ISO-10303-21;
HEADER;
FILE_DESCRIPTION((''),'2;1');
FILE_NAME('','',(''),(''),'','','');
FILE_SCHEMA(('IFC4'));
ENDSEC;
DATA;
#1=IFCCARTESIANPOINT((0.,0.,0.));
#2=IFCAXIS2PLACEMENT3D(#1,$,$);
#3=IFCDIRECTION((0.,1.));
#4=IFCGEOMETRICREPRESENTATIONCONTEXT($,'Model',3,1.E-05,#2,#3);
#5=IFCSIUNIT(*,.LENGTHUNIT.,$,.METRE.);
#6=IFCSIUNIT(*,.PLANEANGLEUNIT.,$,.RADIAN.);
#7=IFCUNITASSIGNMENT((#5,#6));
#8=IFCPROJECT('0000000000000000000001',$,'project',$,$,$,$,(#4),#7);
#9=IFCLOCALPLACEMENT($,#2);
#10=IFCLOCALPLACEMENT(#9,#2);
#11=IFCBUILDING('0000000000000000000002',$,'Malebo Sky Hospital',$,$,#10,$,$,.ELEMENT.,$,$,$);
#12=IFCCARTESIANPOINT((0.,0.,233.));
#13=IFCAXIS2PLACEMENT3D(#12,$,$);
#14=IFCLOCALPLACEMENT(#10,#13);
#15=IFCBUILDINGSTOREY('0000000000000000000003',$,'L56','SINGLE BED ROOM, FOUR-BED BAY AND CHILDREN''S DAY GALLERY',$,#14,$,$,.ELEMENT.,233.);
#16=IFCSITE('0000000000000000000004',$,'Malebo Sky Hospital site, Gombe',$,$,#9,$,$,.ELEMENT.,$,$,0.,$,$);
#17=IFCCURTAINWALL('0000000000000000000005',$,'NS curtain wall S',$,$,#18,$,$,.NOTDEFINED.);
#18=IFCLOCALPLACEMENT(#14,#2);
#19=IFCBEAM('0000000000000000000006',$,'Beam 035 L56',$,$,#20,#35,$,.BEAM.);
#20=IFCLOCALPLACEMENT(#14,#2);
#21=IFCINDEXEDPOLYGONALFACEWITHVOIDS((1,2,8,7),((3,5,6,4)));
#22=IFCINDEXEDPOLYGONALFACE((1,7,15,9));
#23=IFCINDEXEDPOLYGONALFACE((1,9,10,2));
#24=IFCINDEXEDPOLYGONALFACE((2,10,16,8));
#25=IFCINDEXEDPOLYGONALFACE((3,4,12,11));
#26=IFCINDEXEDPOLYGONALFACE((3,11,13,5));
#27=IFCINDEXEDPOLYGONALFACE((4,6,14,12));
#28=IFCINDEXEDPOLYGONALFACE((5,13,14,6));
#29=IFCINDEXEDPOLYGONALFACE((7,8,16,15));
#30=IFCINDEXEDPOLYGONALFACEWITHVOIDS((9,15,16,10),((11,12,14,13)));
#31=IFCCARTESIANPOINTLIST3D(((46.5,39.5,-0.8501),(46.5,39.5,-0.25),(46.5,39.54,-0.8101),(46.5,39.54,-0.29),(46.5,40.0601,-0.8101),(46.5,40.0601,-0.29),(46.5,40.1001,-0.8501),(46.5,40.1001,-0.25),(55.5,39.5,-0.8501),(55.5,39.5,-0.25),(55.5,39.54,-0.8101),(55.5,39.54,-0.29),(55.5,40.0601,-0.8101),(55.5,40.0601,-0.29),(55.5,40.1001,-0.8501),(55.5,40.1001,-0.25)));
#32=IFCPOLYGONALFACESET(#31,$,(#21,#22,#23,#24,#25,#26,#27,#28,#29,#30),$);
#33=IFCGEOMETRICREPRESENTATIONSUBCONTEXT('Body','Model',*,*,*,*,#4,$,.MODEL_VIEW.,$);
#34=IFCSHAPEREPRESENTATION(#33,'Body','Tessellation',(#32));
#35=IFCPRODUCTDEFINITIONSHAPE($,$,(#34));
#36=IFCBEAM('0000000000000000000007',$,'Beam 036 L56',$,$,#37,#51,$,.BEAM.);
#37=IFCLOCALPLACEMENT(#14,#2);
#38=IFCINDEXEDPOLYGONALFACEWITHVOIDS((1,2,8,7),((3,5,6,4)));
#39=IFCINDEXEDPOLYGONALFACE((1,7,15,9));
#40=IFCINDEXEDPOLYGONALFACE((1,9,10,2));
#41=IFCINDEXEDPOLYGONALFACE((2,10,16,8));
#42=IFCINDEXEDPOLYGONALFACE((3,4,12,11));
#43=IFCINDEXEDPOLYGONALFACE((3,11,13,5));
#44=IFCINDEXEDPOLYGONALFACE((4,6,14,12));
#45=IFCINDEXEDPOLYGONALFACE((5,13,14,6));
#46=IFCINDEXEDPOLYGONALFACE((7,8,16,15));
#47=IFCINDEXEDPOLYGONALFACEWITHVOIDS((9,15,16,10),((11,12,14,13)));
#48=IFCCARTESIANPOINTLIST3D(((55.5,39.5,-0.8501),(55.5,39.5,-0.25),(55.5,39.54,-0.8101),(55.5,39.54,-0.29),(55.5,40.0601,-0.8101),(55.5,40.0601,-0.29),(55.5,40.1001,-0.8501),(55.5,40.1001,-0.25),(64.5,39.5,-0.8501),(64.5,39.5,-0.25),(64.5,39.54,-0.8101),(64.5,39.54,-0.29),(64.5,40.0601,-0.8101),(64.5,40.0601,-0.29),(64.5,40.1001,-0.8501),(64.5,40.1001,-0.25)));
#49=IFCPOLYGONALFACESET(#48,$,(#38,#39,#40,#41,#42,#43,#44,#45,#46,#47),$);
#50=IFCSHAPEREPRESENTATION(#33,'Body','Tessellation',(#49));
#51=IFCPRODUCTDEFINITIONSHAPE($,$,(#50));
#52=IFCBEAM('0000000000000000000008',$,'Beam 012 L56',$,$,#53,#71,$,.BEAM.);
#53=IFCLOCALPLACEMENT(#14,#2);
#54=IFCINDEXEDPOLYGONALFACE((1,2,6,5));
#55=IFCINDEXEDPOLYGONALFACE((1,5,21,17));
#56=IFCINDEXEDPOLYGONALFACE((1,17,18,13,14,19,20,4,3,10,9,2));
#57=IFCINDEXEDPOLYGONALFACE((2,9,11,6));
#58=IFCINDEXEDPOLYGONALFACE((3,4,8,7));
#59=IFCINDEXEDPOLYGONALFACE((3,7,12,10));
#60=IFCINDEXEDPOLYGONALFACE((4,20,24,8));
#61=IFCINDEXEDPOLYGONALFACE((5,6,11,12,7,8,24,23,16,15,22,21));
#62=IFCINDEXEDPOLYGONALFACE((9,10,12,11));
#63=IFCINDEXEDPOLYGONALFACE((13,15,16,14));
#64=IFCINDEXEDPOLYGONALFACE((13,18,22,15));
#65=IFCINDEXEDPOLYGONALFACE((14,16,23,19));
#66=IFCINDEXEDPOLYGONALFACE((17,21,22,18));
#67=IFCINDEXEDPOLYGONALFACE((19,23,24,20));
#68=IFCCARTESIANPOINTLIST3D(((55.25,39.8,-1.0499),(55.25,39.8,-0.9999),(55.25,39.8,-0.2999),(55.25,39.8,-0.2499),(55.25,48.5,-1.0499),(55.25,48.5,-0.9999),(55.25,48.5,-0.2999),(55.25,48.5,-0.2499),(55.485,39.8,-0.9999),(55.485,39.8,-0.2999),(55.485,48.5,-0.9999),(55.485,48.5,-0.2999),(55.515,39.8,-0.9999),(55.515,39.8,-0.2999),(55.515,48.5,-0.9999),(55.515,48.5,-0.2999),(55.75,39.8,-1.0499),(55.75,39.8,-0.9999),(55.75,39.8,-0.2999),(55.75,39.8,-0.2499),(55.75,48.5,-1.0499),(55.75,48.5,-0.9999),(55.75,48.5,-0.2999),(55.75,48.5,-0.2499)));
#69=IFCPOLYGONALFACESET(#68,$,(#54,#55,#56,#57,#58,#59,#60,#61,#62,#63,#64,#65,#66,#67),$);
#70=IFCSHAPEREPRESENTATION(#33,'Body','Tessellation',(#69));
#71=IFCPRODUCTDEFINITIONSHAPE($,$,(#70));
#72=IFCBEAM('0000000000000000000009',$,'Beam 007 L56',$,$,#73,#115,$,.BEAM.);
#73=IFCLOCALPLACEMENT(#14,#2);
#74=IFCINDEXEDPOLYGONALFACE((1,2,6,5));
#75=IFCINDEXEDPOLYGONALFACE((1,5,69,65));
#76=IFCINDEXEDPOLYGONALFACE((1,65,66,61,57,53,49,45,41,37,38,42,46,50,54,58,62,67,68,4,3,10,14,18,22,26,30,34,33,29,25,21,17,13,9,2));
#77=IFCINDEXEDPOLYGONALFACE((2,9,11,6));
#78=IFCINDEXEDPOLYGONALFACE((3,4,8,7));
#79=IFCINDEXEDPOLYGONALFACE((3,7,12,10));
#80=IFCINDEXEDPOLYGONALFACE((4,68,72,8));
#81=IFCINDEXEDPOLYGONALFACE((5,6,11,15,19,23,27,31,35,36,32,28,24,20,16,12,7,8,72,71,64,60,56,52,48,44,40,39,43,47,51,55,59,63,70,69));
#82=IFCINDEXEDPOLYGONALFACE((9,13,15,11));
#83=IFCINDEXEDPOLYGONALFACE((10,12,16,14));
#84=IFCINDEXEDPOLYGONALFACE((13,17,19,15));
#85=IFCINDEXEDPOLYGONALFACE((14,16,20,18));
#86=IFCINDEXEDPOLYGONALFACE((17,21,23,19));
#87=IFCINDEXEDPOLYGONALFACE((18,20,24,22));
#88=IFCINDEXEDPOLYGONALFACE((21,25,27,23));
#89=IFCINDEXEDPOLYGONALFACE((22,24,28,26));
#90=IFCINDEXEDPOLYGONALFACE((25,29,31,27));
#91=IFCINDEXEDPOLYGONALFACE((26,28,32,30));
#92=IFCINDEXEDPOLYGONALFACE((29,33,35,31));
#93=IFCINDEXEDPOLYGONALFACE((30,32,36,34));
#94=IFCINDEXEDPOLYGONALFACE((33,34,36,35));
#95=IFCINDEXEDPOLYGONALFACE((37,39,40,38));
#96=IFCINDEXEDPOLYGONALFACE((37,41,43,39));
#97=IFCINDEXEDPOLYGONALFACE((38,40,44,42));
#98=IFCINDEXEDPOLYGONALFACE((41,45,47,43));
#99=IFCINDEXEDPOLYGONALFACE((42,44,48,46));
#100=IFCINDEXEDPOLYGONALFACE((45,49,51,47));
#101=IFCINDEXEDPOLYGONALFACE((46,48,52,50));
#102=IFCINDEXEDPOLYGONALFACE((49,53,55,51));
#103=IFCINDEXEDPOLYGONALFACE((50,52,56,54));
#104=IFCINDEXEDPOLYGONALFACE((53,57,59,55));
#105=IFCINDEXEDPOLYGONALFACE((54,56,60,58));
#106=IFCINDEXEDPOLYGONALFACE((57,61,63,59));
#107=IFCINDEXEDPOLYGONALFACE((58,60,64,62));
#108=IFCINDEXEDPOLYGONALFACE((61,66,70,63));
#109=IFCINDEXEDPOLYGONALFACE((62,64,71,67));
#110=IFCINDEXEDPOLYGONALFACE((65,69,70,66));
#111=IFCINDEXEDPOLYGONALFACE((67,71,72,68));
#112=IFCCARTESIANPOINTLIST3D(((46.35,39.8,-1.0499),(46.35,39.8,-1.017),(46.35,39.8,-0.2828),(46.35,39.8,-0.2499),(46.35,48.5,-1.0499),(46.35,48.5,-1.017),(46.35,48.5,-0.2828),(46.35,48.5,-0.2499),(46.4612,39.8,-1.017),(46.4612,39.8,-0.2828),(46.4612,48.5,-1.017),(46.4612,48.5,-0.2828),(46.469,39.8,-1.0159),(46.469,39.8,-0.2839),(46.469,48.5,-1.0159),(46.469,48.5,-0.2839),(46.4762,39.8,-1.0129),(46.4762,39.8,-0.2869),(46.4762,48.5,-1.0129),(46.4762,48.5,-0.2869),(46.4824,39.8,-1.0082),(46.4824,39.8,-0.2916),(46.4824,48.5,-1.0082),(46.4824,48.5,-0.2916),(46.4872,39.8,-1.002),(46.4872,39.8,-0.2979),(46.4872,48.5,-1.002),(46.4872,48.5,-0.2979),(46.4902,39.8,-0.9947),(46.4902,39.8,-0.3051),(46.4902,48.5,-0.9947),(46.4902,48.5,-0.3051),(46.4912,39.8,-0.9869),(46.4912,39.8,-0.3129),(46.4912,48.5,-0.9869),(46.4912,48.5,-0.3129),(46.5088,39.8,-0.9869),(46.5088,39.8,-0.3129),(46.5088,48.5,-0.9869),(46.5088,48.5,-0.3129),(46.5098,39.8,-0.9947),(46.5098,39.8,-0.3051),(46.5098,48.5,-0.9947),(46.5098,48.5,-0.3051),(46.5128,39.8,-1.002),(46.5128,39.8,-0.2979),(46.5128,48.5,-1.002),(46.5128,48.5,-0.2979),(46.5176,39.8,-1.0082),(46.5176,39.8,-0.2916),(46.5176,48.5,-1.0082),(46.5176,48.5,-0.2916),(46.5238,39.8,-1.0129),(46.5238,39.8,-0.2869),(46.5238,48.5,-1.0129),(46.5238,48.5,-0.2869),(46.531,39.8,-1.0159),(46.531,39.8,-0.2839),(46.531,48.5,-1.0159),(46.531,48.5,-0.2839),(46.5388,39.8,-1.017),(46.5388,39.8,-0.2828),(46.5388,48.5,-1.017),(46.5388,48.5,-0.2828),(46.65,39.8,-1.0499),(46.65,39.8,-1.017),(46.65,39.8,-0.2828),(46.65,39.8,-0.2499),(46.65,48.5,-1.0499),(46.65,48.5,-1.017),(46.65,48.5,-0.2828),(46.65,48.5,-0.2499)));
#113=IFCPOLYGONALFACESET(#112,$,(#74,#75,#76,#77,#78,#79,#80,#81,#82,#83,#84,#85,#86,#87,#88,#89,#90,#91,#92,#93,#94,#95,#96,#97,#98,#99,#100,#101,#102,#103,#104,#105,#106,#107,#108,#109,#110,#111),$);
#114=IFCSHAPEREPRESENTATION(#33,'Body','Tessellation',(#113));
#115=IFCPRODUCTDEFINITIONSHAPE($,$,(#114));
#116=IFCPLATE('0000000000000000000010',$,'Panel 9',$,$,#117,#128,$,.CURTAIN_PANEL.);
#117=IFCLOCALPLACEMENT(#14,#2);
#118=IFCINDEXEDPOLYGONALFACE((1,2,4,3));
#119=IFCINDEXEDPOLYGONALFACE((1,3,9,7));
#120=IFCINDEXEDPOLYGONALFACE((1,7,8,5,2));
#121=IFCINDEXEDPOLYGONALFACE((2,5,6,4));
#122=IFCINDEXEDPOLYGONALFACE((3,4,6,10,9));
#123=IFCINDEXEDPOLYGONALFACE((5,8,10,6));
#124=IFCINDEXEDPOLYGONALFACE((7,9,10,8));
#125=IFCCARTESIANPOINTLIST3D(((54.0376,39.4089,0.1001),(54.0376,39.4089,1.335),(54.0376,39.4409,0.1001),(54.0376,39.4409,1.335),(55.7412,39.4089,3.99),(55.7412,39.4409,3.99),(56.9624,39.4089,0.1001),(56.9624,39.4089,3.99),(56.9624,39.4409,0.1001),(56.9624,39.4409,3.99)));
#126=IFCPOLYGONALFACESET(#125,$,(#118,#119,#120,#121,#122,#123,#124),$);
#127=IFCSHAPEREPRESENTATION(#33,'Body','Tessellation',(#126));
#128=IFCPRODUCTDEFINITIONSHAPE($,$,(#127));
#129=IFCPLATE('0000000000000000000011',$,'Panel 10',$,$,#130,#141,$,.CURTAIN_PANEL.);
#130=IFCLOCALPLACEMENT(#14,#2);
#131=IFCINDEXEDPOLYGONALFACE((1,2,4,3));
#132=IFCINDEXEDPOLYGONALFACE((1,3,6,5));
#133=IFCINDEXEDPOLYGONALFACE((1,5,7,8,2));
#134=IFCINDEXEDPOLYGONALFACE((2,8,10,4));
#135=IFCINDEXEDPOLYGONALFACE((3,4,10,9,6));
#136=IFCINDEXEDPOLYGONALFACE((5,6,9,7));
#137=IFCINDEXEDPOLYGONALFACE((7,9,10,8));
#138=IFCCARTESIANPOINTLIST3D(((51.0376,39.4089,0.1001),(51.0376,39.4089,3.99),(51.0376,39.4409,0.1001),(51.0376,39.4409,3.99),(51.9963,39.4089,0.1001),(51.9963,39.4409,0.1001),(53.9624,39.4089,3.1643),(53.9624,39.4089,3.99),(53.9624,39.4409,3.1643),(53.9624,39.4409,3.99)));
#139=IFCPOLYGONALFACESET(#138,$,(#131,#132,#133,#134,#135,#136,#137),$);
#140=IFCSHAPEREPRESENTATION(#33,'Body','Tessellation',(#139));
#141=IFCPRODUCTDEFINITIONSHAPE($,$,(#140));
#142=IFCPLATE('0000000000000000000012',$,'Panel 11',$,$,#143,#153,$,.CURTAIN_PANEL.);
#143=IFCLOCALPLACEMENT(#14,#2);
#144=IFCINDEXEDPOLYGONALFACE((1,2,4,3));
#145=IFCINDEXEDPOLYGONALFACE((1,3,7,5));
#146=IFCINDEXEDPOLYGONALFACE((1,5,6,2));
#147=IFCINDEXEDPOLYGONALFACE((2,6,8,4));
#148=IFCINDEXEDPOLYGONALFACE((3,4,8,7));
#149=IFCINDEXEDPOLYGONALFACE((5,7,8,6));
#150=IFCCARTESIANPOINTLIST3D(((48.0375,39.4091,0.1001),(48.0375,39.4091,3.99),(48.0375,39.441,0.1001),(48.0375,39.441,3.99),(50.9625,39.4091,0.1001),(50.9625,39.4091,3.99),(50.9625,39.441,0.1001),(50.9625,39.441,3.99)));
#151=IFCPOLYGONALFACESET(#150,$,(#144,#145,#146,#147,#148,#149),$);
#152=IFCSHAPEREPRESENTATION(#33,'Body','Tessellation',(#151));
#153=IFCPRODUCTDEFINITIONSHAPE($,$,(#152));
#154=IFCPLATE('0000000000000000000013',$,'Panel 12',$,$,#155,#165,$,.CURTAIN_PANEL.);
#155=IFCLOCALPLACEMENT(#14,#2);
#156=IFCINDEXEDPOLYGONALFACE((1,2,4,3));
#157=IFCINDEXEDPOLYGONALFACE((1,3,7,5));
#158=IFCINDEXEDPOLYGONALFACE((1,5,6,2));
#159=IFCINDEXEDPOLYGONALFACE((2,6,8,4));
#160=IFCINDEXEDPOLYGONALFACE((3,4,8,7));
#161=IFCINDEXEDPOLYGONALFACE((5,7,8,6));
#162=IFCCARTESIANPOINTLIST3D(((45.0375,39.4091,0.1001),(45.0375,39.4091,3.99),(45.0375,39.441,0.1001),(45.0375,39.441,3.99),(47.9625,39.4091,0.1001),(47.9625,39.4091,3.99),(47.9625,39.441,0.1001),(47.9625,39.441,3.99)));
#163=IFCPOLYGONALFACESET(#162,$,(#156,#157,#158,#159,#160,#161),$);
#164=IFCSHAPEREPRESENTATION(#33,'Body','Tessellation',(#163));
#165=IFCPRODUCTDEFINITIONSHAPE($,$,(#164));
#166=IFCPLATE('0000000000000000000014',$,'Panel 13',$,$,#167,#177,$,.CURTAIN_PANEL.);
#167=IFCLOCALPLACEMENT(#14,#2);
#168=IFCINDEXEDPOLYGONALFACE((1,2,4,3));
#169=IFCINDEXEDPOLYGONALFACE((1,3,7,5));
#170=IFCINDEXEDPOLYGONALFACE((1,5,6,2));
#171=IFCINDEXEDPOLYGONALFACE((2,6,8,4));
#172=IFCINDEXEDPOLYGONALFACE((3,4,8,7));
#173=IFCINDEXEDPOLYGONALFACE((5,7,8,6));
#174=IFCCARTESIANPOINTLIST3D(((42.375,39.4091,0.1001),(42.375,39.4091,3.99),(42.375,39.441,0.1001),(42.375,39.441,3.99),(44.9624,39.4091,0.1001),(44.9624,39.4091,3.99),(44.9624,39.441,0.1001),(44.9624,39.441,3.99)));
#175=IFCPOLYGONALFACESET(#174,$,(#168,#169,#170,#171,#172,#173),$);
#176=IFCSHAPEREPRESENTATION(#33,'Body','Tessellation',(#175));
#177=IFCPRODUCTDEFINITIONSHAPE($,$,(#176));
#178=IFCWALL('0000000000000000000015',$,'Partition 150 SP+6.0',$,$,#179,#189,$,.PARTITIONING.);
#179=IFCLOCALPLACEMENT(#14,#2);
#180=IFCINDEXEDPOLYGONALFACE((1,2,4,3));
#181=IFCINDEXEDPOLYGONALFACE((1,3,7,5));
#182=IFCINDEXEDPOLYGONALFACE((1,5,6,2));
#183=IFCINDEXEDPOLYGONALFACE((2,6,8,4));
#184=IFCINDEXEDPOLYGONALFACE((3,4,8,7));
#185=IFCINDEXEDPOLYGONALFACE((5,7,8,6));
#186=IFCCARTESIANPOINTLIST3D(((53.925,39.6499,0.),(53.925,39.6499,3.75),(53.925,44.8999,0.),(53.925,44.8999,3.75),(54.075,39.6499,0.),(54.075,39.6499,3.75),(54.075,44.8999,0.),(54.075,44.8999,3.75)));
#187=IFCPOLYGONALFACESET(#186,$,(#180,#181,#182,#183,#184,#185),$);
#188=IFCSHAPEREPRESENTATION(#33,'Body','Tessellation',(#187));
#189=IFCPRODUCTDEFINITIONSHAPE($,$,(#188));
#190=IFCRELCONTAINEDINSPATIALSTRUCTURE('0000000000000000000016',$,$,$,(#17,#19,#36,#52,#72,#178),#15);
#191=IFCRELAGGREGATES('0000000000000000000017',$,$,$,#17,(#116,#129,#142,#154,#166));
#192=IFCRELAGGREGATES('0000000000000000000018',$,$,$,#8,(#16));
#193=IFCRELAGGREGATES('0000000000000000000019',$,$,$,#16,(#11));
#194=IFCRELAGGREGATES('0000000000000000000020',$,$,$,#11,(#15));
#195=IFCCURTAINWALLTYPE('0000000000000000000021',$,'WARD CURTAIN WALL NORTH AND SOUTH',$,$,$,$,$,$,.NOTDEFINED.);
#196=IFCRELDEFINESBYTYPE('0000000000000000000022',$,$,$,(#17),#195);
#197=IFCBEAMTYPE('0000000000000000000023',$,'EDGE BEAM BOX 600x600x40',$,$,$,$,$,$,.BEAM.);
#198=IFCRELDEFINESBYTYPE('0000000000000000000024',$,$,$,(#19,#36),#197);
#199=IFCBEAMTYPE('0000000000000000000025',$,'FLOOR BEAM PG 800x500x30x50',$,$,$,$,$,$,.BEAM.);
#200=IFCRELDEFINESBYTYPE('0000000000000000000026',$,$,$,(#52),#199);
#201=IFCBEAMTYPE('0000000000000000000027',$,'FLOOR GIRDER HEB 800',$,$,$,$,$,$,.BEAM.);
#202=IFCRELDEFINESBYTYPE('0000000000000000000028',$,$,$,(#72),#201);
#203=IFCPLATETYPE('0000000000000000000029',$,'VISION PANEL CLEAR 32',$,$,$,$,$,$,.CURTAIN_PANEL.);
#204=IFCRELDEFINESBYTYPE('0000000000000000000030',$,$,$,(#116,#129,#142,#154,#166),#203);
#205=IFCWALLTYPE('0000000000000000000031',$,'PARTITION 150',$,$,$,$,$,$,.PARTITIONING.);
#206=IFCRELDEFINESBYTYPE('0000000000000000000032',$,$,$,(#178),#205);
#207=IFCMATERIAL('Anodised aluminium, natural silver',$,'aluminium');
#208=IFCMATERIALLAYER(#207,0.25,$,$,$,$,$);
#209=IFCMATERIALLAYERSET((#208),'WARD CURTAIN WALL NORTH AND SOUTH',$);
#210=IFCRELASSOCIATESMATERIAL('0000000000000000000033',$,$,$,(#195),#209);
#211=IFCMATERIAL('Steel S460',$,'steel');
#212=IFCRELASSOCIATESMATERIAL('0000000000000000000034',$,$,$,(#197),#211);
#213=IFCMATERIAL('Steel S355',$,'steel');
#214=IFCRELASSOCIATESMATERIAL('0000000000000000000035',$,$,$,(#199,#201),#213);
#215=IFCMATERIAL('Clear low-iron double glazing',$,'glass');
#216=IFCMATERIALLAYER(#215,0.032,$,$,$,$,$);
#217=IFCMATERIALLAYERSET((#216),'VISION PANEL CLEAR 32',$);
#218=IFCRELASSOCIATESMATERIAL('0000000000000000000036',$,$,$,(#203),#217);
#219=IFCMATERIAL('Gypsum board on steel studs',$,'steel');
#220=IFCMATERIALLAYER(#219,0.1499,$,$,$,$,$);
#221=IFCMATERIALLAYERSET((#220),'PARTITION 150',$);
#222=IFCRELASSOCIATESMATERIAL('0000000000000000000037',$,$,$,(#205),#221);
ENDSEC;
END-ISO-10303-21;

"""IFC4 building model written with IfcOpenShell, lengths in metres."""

from ifc_helpers import new_model, si_unit, direction, frame, frame_2d, origin, origin_2d, place, context, subcontext, project, spatial, polyline, rectangle, hollow_rectangle, i_section, outline, extrude, material, layer, layer_set, material_profile, profile_set, type_object, element, aggregate, save


model = new_model("IFC4")

# Units and contexts
model_context = context("Model", 3, precision=1e-05, world=origin(), true_north=direction((0.0, 1.0)))
body_context = subcontext(model_context, "Body", "Model", "MODEL_VIEW")
ifc_project = project(units=[si_unit("LENGTHUNIT", "METRE"), si_unit("PLANEANGLEUNIT", "RADIAN")], contexts=[model_context])

# Site, building, storey
site_placement = place(None, origin())
site = spatial("IfcSite", under=ifc_project, at=site_placement, Name="Malebo Sky Hospital site, Gombe", CompositionType="ELEMENT", RefElevation=0.0)
building_placement = place(site_placement, origin())
building = spatial("IfcBuilding", under=site, at=building_placement, Name="Malebo Sky Hospital", CompositionType="ELEMENT")
storey_placement = place(building_placement, frame((0.0, 0.0, 233.0)))
storey = spatial("IfcBuildingStorey", under=building, at=storey_placement, Name="L56", Description="SINGLE BED ROOM, FOUR-BED BAY AND CHILDREN'S DAY GALLERY", CompositionType="ELEMENT", Elevation=233.0)

# Shared definitions
ifc_material_1 = material(Name="Steel S460", Category="steel")

# Curtain wall
ifc_material_2 = material(Name="Anodised aluminium, natural silver", Category="aluminium")
ifc_layer_1 = layer(ifc_material_2, 0.25)
ifc_layer_set_1 = layer_set([ifc_layer_1], Name="WARD CURTAIN WALL NORTH AND SOUTH")
curtain_wall_type = type_object("IfcCurtainWallType", Name="WARD CURTAIN WALL NORTH AND SOUTH", PredefinedType="NOTDEFINED", material=ifc_layer_set_1)
curtain_wall_placement = place(storey_placement, origin())
curtain_wall = element("IfcCurtainWall", 1, at=curtain_wall_placement, inside=storey, type_object=curtain_wall_type, Name="NS curtain wall S", PredefinedType="NOTDEFINED")

# Shared definitions
ifc_material_3 = material(Name="Steel S355", Category="steel")

# Beams
ifc_material_profile_1 = material_profile(ifc_material_1, hollow_rectangle(XDim=0.6001, YDim=0.6001, WallThickness=0.04, at=origin_2d()), Name="BOX 600x600x40")
ifc_profile_set_1 = profile_set([ifc_material_profile_1], Name="Steel S460")
beam_type_1 = type_object("IfcBeamType", Name="EDGE BEAM BOX 600x600x40", PredefinedType="BEAM", material=ifc_profile_set_1)
for number, where, z_axis, x_axis, name in (
    (2, (46.5, 39.8, -0.55), (1.0, 0.0, 0.0), (0.0, 1.0, 0.0), "Beam 035 L56"),
    (3, (55.5, 39.8, -0.55), (1.0, 0.0, 0.0), (0.0, 1.0, 0.0), "Beam 036 L56"),
):
    element("IfcBeam", number, at=place(storey_placement, frame(where, z_axis=z_axis, x_axis=x_axis)), inside=storey, type_object=beam_type_1, Name=name, PredefinedType="BEAM", context=body_context, shape_type="SweptSolid", body=[
        extrude(hollow_rectangle(XDim=0.6001, YDim=0.6001, WallThickness=0.04, at=origin_2d()), origin(), (0.0, 0.0, 1.0), 9.0),
    ])
ifc_material_profile_2 = material_profile(ifc_material_3, i_section(OverallWidth=0.5, OverallDepth=0.8, WebThickness=0.03, FlangeThickness=0.05, at=origin_2d()), Name="PG 800x500x30x50")
ifc_profile_set_2 = profile_set([ifc_material_profile_2], Name="Steel S355")
beam_type_2 = type_object("IfcBeamType", Name="FLOOR BEAM PG 800x500x30x50", PredefinedType="BEAM", material=ifc_profile_set_2)
beam_1_placement = place(storey_placement, frame((55.5, 39.8, -0.6499), z_axis=(0.0, 1.0, 0.0), x_axis=(-1.0, 0.0, 0.0)))
element("IfcBeam", 4, at=beam_1_placement, inside=storey, type_object=beam_type_2, Name="Beam 012 L56", PredefinedType="BEAM", context=body_context, shape_type="SweptSolid", body=[
    extrude(i_section(OverallWidth=0.5, OverallDepth=0.8, WebThickness=0.03, FlangeThickness=0.05, at=origin_2d()), origin(), (0.0, 0.0, 1.0), 8.7),
])
ifc_material_profile_3 = material_profile(ifc_material_3, i_section(OverallWidth=0.3, OverallDepth=0.8, WebThickness=0.0176, FlangeThickness=0.033, FilletRadius=0.03, at=origin_2d()), Name="HEB 800")
ifc_profile_set_3 = profile_set([ifc_material_profile_3], Name="Steel S355")
beam_type_3 = type_object("IfcBeamType", Name="FLOOR GIRDER HEB 800", PredefinedType="BEAM", material=ifc_profile_set_3)
beam_2_placement = place(storey_placement, frame((46.5, 39.8, -0.6499), z_axis=(0.0, 1.0, 0.0), x_axis=(-1.0, 0.0, 0.0)))
element("IfcBeam", 5, at=beam_2_placement, inside=storey, type_object=beam_type_3, Name="Beam 007 L56", PredefinedType="BEAM", context=body_context, shape_type="SweptSolid", body=[
    extrude(i_section(OverallWidth=0.3, OverallDepth=0.8, WebThickness=0.0176, FlangeThickness=0.033, FilletRadius=0.03, at=origin_2d()), origin(), (0.0, 0.0, 1.0), 8.7),
])

# Plates
ifc_material_4 = material(Name="Clear low-iron double glazing", Category="glass")
ifc_layer_2 = layer(ifc_material_4, 0.032)
ifc_layer_set_2 = layer_set([ifc_layer_2], Name="VISION PANEL CLEAR 32")
plate_type = type_object("IfcPlateType", Name="VISION PANEL CLEAR 32", PredefinedType="CURTAIN_PANEL", material=ifc_layer_set_2)
plate_1_placement = place(storey_placement, frame((55.5, 39.425, 0.1001), z_axis=(0.0, 0.0, 1.0), x_axis=(-1.0, 0.0, 0.0)))
plate_1 = element("IfcPlate", 6, at=plate_1_placement, type_object=plate_type, Name="Panel 9", PredefinedType="CURTAIN_PANEL", context=body_context, shape_type="SweptSolid", body=[
    extrude(outline(polyline([(-1.4624, 0.0), (1.4624, 0.0), (1.4624, 1.2349), (-0.2412, 3.8899), (-1.4624, 3.8899), (-1.4624, 0.0)])), frame((0.0, 0.0161, 0.0), z_axis=(0.0, -1.0, 0.0), x_axis=(1.0, 0.0, 0.0)), (0.0, 0.0, 1.0), 0.032),
])
plate_2_placement = place(storey_placement, frame((52.5, 39.425, 0.1001), z_axis=(0.0, 0.0, 1.0), x_axis=(-1.0, 0.0, 0.0)))
plate_2 = element("IfcPlate", 7, at=plate_2_placement, type_object=plate_type, Name="Panel 10", PredefinedType="CURTAIN_PANEL", context=body_context, shape_type="SweptSolid", body=[
    extrude(outline(polyline([(0.5037, 0.0), (1.4624, 0.0), (1.4624, 3.8899), (-1.4624, 3.8899), (-1.4624, 3.0642), (0.5037, 0.0)])), frame((0.0, 0.0161, 0.0), z_axis=(0.0, -1.0, 0.0), x_axis=(1.0, 0.0, 0.0)), (0.0, 0.0, 1.0), 0.032),
])
plate_3_placement = place(storey_placement, frame((49.5, 39.425, 0.1001), z_axis=(0.0, 0.0, 1.0), x_axis=(-1.0, 0.0, 0.0)))
plate_3 = element("IfcPlate", 8, at=plate_3_placement, type_object=plate_type, Name="Panel 11", PredefinedType="CURTAIN_PANEL", context=body_context, shape_type="SweptSolid", body=[
    extrude(rectangle(XDim=2.925, YDim=0.032, at=origin_2d()), origin(), (0.0, 0.0, 1.0), 3.8899),
])
plate_4_placement = place(storey_placement, frame((46.5, 39.425, 0.1001), z_axis=(0.0, 0.0, 1.0), x_axis=(-1.0, 0.0, 0.0)))
plate_4 = element("IfcPlate", 9, at=plate_4_placement, type_object=plate_type, Name="Panel 12", PredefinedType="CURTAIN_PANEL", context=body_context, shape_type="SweptSolid", body=[
    extrude(rectangle(XDim=2.925, YDim=0.032, at=origin_2d()), origin(), (0.0, 0.0, 1.0), 3.8899),
])
plate_5_placement = place(storey_placement, frame((43.6687, 39.425, 0.1001), z_axis=(0.0, 0.0, 1.0), x_axis=(-1.0, 0.0, 0.0)))
plate_5 = element("IfcPlate", 10, at=plate_5_placement, type_object=plate_type, Name="Panel 13", PredefinedType="CURTAIN_PANEL", context=body_context, shape_type="SweptSolid", body=[
    extrude(rectangle(XDim=2.5874, YDim=0.032, at=origin_2d()), origin(), (0.0, 0.0, 1.0), 3.8899),
])
aggregate(curtain_wall, [plate_1, plate_2, plate_3, plate_4, plate_5])

# Wall
ifc_material_5 = material(Name="Gypsum board on steel studs", Category="steel")
ifc_layer_3 = layer(ifc_material_5, 0.1499)
ifc_layer_set_3 = layer_set([ifc_layer_3], Name="PARTITION 150")
wall_type = type_object("IfcWallType", Name="PARTITION 150", PredefinedType="PARTITIONING", material=ifc_layer_set_3)
wall_1_placement = place(storey_placement, frame((54.0, 44.8999, 0.0), z_axis=(0.0, 0.0, 1.0), x_axis=(0.0, -1.0, 0.0)))
element("IfcWall", 11, at=wall_1_placement, inside=storey, type_object=wall_type, Name="Partition 150 SP+6.0", PredefinedType="PARTITIONING", context=body_context, shape_type="SweptSolid", body=[
    extrude(rectangle(XDim=5.25, YDim=0.1499, at=frame_2d((2.625, 0.0))), origin(), (0.0, 0.0, 1.0), 3.75),
])

save(model, "model.ifc")
